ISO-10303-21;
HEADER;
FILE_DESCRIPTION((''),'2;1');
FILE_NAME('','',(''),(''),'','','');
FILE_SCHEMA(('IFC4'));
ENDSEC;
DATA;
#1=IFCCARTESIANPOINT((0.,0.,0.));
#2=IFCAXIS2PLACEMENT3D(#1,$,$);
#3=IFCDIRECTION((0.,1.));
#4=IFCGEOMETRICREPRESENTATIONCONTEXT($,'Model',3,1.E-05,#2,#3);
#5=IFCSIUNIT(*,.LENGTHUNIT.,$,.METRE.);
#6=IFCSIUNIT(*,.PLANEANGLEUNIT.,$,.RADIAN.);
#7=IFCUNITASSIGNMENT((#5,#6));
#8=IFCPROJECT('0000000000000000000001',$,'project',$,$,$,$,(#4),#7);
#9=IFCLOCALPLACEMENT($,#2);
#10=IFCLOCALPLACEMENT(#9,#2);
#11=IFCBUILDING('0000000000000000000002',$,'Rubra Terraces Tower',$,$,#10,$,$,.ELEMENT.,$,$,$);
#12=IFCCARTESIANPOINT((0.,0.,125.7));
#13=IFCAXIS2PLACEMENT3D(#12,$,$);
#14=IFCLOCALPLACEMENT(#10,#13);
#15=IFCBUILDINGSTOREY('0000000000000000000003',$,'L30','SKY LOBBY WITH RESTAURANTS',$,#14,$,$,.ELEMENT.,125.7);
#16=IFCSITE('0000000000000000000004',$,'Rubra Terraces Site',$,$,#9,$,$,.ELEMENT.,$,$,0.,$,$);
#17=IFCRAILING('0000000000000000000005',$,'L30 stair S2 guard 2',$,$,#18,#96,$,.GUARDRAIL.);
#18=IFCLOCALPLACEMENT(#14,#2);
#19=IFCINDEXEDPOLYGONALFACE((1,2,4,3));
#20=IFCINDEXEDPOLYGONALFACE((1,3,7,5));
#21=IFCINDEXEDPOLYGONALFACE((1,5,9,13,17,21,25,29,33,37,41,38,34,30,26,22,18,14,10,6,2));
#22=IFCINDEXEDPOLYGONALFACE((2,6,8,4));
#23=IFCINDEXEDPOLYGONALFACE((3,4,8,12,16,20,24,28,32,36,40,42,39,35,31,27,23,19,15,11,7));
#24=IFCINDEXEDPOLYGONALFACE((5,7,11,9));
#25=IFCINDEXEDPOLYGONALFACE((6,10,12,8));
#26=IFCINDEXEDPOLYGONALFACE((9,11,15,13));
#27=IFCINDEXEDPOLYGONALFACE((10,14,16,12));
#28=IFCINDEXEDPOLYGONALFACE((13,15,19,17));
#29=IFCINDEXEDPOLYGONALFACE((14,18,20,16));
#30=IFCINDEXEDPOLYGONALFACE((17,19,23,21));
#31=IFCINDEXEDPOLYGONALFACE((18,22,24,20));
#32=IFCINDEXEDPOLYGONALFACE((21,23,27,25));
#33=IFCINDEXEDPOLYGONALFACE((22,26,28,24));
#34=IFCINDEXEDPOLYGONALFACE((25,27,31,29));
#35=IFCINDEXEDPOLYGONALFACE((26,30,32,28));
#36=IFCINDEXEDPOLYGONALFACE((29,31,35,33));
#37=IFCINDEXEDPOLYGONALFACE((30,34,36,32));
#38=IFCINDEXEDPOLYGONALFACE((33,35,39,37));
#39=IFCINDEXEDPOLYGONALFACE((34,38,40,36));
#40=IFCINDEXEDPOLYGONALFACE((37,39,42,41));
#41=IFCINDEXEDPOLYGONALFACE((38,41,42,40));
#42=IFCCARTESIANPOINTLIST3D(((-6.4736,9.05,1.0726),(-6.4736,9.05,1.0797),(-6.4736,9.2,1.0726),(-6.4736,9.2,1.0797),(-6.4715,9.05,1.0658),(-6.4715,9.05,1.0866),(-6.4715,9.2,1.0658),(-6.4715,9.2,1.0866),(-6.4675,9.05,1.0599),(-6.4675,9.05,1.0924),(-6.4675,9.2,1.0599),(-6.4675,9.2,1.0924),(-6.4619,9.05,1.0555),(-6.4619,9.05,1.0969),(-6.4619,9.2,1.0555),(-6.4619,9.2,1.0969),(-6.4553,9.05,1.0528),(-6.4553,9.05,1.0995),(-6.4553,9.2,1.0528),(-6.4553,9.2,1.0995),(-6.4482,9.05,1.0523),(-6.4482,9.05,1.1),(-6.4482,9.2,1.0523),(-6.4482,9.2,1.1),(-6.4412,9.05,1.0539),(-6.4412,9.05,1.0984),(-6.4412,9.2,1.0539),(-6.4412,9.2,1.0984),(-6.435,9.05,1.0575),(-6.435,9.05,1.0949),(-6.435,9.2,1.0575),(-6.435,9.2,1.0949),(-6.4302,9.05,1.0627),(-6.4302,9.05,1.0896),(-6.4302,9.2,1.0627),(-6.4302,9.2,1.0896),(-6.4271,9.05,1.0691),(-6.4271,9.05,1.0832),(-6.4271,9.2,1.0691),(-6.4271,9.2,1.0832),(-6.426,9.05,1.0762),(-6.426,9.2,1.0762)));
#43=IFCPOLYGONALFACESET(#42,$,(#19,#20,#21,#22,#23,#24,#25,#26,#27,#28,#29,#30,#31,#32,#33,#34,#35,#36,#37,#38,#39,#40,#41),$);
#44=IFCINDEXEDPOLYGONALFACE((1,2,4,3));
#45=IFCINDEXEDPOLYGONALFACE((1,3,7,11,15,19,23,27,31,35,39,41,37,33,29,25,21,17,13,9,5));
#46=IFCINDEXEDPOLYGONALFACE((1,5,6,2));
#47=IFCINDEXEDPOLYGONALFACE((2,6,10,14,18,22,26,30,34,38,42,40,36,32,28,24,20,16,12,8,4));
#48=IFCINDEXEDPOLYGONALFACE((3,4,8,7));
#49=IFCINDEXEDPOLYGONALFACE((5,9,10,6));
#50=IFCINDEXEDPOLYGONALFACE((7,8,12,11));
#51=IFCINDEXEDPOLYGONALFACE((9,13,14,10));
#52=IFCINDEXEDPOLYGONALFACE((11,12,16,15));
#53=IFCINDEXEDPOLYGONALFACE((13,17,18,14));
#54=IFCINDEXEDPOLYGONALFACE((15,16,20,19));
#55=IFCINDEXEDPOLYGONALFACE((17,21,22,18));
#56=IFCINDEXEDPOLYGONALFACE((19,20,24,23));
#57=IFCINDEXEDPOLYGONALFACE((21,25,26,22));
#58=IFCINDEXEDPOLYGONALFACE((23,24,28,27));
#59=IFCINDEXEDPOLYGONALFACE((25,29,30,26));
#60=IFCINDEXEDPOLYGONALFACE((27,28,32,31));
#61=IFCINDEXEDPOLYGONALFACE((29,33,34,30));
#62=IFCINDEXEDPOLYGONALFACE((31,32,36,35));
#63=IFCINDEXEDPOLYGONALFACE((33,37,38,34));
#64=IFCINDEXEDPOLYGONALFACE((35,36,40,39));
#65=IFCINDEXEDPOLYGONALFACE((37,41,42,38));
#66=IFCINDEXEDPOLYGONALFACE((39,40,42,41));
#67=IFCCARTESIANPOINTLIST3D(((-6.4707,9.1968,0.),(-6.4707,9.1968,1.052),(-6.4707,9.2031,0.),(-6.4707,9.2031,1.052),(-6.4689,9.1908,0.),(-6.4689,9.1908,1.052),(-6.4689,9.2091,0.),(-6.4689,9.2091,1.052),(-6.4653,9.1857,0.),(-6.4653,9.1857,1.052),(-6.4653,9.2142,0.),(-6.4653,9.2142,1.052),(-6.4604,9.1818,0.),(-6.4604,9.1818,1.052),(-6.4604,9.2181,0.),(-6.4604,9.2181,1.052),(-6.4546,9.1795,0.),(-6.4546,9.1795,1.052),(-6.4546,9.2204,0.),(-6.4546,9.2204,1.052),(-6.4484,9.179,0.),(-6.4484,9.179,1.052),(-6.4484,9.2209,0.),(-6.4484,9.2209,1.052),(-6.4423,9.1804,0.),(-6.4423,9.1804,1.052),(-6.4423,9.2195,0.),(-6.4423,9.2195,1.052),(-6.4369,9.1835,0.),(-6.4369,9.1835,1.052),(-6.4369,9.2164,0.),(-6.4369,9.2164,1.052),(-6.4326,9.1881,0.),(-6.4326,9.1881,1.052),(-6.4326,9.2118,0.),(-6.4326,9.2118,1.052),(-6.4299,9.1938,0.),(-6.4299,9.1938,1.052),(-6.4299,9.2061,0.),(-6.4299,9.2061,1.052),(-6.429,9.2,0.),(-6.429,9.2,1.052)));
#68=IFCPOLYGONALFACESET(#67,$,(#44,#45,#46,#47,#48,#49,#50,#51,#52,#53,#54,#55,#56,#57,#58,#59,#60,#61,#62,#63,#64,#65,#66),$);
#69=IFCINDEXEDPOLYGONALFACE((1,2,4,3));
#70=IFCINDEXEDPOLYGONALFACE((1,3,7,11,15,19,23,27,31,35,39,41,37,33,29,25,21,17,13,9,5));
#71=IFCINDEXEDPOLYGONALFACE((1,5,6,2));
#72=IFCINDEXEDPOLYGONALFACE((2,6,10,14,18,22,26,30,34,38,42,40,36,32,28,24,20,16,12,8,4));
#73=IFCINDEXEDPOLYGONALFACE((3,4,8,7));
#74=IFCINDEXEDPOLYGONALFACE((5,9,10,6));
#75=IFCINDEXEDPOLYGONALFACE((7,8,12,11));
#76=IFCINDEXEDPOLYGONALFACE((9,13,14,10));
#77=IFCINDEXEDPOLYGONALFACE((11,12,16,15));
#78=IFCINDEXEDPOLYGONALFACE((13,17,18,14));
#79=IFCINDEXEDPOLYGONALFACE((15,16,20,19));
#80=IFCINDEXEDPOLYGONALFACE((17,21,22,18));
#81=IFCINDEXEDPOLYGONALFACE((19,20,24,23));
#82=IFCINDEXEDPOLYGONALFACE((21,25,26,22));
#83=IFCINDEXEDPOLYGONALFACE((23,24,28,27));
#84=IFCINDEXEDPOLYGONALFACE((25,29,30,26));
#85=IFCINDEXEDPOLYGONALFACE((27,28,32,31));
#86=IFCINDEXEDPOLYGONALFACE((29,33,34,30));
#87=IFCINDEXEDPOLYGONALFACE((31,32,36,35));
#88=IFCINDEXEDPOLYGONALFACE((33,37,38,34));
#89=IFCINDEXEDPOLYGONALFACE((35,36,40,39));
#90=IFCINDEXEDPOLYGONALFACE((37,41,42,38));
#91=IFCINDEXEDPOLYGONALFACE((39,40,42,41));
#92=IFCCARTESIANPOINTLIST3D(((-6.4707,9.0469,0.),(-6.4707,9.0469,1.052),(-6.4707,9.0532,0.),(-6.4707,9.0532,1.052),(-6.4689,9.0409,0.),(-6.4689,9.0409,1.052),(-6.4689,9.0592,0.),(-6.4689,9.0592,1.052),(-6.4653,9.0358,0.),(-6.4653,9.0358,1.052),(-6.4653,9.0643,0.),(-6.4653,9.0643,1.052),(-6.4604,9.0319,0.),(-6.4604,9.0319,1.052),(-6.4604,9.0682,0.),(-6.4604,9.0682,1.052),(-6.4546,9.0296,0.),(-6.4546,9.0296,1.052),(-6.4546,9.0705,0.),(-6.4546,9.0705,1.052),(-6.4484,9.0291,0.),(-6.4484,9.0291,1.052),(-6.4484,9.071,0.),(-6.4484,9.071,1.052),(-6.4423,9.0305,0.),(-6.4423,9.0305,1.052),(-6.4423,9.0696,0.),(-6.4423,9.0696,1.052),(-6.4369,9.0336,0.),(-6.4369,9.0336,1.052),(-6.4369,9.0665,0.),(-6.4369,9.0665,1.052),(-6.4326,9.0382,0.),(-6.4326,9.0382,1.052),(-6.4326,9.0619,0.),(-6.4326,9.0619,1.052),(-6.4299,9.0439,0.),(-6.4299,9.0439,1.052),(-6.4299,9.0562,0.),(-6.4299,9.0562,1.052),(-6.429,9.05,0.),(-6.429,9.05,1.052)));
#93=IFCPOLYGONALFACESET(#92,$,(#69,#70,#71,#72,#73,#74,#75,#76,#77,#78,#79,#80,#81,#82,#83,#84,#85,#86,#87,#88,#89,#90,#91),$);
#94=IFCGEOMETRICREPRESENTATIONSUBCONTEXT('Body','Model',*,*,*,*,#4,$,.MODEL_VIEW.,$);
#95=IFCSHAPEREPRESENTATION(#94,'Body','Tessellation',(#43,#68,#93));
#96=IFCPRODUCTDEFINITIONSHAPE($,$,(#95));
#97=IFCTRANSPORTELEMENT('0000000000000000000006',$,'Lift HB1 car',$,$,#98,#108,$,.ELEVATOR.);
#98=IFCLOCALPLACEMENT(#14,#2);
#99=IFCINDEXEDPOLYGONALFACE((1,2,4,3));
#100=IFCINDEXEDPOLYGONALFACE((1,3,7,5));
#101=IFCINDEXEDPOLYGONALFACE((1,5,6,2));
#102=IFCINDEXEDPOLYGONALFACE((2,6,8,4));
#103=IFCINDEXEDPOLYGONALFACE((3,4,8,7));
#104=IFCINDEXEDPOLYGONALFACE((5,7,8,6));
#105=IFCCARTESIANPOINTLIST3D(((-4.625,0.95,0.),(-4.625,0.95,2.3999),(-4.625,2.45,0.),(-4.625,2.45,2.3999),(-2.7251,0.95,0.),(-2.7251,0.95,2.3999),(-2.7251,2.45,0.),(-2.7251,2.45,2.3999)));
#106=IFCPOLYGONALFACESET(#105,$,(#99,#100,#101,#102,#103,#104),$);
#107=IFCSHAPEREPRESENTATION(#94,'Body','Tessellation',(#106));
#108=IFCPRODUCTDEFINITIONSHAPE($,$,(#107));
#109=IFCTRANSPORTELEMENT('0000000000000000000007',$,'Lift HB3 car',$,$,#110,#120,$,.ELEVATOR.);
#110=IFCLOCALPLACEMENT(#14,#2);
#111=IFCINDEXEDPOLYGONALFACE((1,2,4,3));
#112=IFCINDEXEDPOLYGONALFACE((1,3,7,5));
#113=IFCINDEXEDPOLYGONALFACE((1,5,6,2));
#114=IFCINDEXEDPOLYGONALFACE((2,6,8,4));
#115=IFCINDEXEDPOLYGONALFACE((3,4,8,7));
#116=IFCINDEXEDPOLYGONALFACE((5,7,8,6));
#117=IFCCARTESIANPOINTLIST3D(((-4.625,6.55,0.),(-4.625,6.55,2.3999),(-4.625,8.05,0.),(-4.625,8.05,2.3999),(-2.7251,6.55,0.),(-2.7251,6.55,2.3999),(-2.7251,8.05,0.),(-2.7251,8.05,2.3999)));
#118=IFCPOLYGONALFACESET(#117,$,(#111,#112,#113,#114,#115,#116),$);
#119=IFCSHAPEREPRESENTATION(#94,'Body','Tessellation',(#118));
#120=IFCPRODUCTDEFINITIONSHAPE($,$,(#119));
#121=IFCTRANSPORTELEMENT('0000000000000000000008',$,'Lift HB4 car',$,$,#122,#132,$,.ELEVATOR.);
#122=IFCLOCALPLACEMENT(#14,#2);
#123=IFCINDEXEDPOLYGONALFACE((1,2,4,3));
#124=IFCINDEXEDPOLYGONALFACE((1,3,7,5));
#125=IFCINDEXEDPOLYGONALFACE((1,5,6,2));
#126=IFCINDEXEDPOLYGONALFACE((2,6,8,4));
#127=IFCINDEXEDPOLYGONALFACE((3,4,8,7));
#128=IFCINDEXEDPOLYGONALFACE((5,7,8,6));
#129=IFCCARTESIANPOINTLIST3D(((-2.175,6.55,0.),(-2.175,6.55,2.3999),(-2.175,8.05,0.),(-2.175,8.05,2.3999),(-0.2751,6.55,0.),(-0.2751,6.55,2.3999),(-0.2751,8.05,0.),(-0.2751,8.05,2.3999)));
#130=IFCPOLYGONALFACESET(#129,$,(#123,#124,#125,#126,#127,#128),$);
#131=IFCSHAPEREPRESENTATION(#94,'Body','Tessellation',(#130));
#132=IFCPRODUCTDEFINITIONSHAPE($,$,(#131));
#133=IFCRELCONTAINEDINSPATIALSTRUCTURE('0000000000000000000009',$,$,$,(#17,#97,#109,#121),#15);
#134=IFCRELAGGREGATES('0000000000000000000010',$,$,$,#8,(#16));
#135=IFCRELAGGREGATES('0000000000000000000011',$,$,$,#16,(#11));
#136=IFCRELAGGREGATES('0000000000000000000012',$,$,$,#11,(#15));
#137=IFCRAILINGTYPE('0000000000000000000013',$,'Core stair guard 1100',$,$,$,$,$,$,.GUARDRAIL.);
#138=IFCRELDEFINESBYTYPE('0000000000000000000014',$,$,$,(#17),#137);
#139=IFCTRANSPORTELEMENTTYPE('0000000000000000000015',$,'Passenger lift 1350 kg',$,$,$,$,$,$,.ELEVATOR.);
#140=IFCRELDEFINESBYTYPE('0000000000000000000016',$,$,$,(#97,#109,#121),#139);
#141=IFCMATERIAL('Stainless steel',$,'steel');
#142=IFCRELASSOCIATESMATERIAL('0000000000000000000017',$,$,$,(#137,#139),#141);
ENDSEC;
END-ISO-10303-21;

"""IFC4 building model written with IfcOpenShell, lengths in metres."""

from ifc_helpers import new_model, si_unit, direction, frame, origin, origin_2d, place, context, subcontext, project, spatial, rectangle, circle, extrude, material, type_object, element, save


model = new_model("IFC4")

# Units and contexts
model_context = context("Model", 3, precision=1e-05, world=origin(), true_north=direction((0.0, 1.0)))
body_context = subcontext(model_context, "Body", "Model", "MODEL_VIEW")
ifc_project = project(units=[si_unit("LENGTHUNIT", "METRE"), si_unit("PLANEANGLEUNIT", "RADIAN")], contexts=[model_context])

# Site, building, storey
site_placement = place(None, origin())
site = spatial("IfcSite", under=ifc_project, at=site_placement, Name="Rubra Terraces Site", CompositionType="ELEMENT", RefElevation=0.0)
building_placement = place(site_placement, origin())
building = spatial("IfcBuilding", under=site, at=building_placement, Name="Rubra Terraces Tower", CompositionType="ELEMENT")
storey_placement = place(building_placement, frame((0.0, 0.0, 125.7)))
storey = spatial("IfcBuildingStorey", under=building, at=storey_placement, Name="L30", Description="SKY LOBBY WITH RESTAURANTS", CompositionType="ELEMENT", Elevation=125.7)

# Shared definitions
ifc_material_1 = material(Name="Stainless steel", Category="steel")

# Railing
railing_type = type_object("IfcRailingType", Name="Core stair guard 1100", PredefinedType="GUARDRAIL", material=ifc_material_1)
railing_placement = place(storey_placement, frame((-6.45, 9.2, 0.0)))
element("IfcRailing", 1, at=railing_placement, inside=storey, type_object=railing_type, Name="L30 stair S2 guard 2", PredefinedType="GUARDRAIL", context=body_context, shape_type="SweptSolid", body=[
    extrude(circle(Radius=0.0239, at=origin_2d()), frame((0.0, 0.0, 1.0762), z_axis=(0.0, -1.0, 0.0), x_axis=(1.0, 0.0, 0.0)), (0.0, 0.0, 1.0), 0.1499),
    extrude(circle(Radius=0.021, at=origin_2d()), origin(), (0.0, 0.0, 1.0), 1.052),
    extrude(circle(Radius=0.021, at=origin_2d()), frame((0.0, -0.1499, 0.0)), (0.0, 0.0, 1.0), 1.052),
])

# Transport elements
transport_element_type = type_object("IfcTransportElementType", Name="Passenger lift 1350 kg", PredefinedType="ELEVATOR", material=ifc_material_1)
for number, where, z_axis, x_axis, name in (
    (2, (-3.675, 1.7, 0.0), (0.0, 0.0, 1.0), (1.0, 0.0, 0.0), "Lift HB1 car"),
    (3, (-3.675, 7.3, 0.0), (0.0, 0.0, 1.0), (1.0, 0.0, 0.0), "Lift HB3 car"),
    (4, (-1.2251, 7.3, 0.0), (0.0, 0.0, 1.0), (1.0, 0.0, 0.0), "Lift HB4 car"),
):
    element("IfcTransportElement", number, at=place(storey_placement, frame(where, z_axis=z_axis, x_axis=x_axis)), inside=storey, type_object=transport_element_type, Name=name, PredefinedType="ELEVATOR", context=body_context, shape_type="SweptSolid", body=[
        extrude(rectangle(XDim=1.8999, YDim=1.5, at=origin_2d()), origin(), (0.0, 0.0, 1.0), 2.3999),
    ])

save(model, "model.ifc")
